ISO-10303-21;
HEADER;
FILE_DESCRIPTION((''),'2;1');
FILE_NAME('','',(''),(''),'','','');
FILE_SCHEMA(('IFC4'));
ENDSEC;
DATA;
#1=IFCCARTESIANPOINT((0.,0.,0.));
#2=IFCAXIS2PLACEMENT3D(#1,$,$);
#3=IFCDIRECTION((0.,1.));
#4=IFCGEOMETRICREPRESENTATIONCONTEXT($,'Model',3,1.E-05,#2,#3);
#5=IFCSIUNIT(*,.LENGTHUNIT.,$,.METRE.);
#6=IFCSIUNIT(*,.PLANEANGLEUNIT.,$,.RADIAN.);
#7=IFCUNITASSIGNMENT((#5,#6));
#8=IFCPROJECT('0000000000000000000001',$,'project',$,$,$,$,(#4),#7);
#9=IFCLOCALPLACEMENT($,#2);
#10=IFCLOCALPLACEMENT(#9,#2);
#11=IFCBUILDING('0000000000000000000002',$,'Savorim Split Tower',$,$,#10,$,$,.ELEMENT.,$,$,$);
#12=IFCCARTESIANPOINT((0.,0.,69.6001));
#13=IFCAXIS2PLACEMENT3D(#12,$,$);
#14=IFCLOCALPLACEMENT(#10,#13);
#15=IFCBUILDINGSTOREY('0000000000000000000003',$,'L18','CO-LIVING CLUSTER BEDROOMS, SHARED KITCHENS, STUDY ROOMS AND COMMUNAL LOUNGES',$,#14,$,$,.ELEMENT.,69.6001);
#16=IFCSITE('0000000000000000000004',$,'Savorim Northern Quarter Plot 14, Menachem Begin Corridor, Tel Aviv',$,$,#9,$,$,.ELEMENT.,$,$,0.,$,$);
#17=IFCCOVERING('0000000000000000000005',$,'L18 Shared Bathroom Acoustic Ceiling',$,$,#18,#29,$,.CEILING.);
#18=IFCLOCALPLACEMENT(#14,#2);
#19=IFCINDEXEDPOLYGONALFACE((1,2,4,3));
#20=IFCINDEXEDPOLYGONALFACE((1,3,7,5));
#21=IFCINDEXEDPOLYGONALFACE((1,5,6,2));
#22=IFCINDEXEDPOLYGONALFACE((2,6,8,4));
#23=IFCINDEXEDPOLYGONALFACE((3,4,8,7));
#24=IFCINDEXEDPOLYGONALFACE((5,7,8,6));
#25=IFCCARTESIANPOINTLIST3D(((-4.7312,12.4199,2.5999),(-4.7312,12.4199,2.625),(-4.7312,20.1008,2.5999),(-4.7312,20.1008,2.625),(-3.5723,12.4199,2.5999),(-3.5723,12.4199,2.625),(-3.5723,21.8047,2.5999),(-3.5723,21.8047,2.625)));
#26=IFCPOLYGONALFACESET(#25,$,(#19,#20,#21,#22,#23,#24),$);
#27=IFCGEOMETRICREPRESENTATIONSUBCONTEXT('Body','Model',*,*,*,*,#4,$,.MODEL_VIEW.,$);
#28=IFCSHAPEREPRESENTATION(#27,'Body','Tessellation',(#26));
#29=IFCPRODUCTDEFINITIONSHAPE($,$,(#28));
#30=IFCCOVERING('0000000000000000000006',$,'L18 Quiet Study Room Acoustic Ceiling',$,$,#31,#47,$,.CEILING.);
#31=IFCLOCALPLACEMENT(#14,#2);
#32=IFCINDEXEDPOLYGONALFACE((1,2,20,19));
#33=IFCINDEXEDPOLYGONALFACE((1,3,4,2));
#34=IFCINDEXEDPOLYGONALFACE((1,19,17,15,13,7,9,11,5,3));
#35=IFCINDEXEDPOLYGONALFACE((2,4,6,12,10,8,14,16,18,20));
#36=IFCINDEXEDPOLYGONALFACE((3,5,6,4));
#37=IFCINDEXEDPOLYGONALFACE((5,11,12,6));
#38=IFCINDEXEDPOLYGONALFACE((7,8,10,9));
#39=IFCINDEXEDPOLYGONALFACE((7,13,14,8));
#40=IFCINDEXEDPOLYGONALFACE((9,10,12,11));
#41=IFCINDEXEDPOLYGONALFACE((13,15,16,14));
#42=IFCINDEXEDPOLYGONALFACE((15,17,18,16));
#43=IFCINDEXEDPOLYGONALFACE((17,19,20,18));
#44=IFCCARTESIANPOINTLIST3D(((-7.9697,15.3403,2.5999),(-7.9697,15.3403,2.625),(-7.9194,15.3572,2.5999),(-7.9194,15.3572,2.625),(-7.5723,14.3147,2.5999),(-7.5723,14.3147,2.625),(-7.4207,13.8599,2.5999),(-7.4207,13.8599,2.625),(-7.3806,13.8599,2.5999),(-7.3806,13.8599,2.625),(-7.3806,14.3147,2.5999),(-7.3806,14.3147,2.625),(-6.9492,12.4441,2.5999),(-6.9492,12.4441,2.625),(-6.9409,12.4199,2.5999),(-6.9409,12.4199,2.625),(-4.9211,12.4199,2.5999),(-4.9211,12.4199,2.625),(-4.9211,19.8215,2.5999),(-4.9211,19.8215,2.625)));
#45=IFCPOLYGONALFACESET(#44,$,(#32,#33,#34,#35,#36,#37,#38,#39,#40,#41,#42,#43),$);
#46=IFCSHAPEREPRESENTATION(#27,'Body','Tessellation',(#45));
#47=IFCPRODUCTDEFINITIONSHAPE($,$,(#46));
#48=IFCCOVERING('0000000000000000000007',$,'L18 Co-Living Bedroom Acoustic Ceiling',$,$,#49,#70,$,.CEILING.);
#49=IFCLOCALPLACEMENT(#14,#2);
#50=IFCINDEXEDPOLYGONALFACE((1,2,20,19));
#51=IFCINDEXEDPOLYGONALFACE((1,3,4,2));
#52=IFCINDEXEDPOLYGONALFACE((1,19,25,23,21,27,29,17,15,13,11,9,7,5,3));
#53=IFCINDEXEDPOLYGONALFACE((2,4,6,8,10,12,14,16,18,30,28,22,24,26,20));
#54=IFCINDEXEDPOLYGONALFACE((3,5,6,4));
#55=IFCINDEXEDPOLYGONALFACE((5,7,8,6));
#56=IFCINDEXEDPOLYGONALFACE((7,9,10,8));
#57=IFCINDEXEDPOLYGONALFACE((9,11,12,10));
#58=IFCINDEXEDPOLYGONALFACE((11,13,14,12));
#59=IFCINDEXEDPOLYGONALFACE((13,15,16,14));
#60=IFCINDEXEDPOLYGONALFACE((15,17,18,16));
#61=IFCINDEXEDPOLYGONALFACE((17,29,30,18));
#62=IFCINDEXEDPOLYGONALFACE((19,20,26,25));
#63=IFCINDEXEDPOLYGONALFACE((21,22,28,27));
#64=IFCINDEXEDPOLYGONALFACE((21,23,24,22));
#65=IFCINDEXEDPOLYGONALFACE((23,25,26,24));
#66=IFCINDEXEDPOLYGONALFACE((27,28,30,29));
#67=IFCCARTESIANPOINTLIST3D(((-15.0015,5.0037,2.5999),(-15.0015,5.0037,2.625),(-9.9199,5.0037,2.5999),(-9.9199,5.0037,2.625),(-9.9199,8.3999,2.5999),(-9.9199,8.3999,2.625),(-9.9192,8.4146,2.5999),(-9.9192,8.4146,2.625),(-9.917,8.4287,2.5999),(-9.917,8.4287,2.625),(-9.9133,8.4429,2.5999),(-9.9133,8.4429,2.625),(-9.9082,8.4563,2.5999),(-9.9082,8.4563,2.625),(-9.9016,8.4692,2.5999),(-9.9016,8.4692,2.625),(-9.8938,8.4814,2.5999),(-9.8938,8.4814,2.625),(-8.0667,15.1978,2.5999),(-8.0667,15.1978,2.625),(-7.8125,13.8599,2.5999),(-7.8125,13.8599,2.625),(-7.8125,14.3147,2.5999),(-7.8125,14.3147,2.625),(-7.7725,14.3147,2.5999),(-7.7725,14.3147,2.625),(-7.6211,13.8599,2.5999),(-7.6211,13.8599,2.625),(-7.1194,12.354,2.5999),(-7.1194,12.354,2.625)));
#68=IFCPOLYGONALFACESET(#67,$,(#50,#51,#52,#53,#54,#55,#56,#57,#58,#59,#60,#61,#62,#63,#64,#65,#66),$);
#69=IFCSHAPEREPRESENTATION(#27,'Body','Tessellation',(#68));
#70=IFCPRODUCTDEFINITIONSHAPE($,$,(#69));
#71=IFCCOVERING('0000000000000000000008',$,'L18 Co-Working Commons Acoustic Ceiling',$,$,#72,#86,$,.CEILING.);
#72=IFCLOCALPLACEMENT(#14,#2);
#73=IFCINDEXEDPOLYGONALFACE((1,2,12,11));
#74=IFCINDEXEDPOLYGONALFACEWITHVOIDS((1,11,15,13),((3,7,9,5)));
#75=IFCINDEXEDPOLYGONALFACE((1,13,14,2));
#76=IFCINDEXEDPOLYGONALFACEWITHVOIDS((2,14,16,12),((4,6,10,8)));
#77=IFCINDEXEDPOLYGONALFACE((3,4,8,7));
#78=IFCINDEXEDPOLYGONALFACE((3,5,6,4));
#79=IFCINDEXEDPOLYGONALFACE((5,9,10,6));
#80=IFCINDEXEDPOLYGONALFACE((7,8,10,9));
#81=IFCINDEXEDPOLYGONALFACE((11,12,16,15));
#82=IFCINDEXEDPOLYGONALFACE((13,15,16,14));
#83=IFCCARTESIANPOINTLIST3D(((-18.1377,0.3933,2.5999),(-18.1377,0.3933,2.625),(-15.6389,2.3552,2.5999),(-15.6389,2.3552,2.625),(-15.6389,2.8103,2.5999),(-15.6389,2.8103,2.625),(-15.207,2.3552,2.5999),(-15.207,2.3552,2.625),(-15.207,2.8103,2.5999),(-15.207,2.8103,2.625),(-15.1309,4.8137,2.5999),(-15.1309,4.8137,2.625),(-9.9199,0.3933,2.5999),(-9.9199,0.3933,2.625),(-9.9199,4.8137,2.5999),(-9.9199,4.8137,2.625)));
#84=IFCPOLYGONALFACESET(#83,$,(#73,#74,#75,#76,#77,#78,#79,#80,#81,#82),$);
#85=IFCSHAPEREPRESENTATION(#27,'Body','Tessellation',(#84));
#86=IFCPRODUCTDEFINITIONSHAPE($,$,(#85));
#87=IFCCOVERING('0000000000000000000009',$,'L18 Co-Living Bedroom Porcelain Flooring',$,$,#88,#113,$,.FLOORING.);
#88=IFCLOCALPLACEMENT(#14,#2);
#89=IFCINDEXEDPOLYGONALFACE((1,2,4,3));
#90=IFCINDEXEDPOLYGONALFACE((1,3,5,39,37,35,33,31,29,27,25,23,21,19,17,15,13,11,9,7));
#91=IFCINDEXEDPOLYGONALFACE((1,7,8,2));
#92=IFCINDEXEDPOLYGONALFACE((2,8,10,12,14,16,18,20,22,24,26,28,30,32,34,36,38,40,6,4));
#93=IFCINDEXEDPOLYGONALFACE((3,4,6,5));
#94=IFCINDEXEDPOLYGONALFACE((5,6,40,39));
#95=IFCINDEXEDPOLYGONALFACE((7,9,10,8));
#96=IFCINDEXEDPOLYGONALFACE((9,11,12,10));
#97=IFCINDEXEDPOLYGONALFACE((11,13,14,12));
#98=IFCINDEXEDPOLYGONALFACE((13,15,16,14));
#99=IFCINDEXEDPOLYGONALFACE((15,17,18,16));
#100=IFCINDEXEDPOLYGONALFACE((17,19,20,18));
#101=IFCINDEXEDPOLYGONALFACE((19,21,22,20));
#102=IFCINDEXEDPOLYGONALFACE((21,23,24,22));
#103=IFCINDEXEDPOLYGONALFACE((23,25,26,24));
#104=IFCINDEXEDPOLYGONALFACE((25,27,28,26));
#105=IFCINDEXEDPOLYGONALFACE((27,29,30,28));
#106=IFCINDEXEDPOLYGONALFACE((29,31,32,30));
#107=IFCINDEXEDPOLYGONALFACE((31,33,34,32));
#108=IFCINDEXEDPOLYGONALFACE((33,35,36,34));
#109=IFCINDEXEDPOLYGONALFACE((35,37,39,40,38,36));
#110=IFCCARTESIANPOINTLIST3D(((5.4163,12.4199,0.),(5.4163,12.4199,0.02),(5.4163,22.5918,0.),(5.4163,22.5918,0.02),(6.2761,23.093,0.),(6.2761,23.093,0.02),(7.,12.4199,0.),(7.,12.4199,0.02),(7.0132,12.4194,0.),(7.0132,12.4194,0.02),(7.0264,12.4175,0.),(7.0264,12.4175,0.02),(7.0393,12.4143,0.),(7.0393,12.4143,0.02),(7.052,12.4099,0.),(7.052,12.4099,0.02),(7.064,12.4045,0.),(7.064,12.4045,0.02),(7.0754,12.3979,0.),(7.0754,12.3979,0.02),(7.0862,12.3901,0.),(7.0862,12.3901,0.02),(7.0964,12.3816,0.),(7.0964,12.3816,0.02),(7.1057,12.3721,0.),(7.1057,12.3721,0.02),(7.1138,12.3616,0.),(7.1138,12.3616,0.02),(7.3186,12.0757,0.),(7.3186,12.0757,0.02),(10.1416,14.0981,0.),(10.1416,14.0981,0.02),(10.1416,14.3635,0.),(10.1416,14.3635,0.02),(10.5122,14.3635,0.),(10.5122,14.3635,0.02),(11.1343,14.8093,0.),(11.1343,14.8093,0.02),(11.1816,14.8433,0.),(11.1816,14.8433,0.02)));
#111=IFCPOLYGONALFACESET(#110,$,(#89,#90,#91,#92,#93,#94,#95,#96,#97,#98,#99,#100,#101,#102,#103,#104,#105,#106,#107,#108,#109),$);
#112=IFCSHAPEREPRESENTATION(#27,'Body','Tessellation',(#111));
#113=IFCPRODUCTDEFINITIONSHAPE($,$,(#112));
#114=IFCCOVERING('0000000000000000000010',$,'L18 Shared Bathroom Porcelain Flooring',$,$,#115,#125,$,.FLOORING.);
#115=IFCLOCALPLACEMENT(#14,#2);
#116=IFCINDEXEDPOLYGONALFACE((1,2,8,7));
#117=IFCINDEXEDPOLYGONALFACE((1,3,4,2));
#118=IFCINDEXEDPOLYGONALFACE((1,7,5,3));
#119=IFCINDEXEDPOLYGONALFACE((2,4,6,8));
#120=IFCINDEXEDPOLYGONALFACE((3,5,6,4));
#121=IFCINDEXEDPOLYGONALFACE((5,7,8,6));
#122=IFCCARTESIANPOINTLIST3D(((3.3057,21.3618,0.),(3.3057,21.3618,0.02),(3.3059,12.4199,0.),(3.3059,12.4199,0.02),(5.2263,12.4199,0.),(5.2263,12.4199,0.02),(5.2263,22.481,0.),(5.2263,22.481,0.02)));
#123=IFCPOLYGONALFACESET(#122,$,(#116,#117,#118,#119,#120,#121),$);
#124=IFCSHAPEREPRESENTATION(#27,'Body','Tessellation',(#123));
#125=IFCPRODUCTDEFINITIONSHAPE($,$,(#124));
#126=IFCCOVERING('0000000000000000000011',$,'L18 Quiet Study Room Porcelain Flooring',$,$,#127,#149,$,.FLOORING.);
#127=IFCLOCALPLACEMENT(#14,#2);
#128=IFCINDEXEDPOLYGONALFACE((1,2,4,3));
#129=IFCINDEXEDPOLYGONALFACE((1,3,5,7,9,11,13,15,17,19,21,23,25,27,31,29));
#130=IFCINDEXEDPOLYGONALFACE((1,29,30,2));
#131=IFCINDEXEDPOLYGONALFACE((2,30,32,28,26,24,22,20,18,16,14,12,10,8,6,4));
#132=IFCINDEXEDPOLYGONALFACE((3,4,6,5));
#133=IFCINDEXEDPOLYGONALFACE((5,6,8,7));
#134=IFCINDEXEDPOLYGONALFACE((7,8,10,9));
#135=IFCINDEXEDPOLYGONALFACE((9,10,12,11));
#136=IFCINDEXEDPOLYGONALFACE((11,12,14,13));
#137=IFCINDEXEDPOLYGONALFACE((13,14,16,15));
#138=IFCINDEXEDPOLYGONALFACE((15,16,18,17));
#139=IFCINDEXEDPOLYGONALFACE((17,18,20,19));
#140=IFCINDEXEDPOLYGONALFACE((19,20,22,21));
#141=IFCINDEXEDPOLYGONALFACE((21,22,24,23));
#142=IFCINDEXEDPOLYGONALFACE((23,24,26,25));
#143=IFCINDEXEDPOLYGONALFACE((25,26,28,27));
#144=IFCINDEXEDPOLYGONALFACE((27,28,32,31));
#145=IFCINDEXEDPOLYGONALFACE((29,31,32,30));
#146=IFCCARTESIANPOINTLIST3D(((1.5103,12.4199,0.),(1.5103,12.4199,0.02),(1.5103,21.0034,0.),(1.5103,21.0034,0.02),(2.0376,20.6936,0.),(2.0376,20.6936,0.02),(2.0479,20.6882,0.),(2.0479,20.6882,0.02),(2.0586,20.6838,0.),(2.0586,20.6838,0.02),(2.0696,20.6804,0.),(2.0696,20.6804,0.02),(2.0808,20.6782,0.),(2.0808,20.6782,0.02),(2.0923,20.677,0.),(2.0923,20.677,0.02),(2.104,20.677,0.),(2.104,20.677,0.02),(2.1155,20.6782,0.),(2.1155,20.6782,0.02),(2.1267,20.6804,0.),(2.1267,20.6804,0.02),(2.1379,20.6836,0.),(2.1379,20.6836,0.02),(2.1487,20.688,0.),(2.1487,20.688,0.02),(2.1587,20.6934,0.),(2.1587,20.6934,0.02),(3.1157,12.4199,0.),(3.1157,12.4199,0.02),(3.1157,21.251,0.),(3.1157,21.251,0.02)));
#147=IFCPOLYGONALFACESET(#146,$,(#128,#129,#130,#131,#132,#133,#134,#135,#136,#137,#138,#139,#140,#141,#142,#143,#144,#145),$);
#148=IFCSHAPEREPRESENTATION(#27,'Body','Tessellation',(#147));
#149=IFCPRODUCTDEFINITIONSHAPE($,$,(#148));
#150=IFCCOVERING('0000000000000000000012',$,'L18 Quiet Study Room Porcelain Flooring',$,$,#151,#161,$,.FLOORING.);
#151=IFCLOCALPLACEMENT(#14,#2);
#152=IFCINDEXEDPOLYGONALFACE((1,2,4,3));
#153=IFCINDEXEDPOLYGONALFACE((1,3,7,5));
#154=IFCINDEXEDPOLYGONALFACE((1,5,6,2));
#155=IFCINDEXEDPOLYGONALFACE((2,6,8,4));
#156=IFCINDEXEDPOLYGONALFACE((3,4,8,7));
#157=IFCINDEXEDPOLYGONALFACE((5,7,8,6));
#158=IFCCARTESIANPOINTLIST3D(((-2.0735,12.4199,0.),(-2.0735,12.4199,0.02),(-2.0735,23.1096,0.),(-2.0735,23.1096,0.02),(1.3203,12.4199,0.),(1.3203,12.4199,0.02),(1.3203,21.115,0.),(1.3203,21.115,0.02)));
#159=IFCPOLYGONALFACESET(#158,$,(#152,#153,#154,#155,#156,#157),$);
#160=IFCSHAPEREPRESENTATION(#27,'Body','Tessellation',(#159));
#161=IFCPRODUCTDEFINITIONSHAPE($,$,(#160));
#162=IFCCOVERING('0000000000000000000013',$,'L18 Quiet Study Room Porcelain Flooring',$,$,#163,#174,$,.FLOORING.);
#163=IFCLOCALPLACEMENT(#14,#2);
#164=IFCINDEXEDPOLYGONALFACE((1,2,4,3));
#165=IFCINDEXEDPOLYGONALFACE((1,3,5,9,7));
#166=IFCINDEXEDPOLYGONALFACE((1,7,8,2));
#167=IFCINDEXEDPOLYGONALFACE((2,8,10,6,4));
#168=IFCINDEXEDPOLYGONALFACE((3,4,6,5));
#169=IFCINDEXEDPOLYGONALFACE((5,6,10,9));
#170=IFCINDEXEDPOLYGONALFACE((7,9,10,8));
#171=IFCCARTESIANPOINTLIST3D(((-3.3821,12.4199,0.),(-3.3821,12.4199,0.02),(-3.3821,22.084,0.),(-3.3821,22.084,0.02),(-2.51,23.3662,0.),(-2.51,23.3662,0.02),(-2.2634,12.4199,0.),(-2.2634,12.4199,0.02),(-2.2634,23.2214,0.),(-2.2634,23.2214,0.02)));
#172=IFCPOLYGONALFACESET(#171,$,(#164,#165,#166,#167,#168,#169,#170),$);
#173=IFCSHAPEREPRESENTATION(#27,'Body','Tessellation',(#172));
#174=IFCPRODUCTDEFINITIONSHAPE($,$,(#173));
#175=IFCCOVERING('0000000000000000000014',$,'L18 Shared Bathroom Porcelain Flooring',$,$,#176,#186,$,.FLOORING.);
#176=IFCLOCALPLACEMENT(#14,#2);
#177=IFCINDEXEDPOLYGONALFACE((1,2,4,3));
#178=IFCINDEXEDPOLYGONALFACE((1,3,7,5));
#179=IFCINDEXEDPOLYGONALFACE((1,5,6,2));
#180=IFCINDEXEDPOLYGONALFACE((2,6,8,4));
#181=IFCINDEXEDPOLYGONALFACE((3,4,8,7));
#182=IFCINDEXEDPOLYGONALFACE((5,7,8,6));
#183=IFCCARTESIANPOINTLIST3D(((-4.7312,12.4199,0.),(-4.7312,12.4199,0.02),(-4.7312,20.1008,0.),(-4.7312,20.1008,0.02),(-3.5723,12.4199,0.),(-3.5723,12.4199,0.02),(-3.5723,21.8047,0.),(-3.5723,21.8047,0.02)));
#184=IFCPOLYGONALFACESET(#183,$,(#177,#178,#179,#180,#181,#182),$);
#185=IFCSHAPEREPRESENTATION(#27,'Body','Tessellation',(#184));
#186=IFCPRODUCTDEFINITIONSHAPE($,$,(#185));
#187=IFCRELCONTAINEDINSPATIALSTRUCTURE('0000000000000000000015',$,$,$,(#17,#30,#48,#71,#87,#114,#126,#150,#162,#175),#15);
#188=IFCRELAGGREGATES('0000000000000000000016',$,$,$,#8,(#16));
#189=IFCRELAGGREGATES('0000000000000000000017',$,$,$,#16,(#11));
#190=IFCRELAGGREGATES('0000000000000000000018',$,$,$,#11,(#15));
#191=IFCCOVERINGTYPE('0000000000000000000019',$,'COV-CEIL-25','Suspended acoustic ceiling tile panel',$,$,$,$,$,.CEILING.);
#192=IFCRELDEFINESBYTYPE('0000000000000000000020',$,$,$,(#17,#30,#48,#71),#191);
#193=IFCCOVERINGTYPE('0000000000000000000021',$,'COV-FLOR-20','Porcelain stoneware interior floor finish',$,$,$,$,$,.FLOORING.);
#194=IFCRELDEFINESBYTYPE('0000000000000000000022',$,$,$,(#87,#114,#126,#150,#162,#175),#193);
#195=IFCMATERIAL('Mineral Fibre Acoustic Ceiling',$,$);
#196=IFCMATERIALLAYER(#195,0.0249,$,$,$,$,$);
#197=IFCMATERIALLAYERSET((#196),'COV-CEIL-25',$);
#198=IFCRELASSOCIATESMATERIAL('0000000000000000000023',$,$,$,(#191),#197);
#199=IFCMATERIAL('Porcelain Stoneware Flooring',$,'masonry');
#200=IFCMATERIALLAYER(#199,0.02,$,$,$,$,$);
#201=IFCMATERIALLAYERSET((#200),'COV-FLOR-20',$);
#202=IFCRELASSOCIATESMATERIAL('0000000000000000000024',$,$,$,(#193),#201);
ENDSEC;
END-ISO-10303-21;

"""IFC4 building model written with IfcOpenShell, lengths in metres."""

from ifc_helpers import new_model, si_unit, direction, frame, origin, place, context, subcontext, project, spatial, polyline, outline, extrude, material, layer, layer_set, type_object, element, save


model = new_model("IFC4")

# Units and contexts
model_context = context("Model", 3, precision=1e-05, world=origin(), true_north=direction((0.0, 1.0)))
body_context = subcontext(model_context, "Body", "Model", "MODEL_VIEW")
ifc_project = project(units=[si_unit("LENGTHUNIT", "METRE"), si_unit("PLANEANGLEUNIT", "RADIAN")], contexts=[model_context])

# Site, building, storey
site_placement = place(None, origin())
site = spatial("IfcSite", under=ifc_project, at=site_placement, Name="Savorim Northern Quarter Plot 14, Menachem Begin Corridor, Tel Aviv", CompositionType="ELEMENT", RefElevation=0.0)
building_placement = place(site_placement, origin())
building = spatial("IfcBuilding", under=site, at=building_placement, Name="Savorim Split Tower", CompositionType="ELEMENT")
storey_placement = place(building_placement, frame((0.0, 0.0, 69.6001)))
storey = spatial("IfcBuildingStorey", under=building, at=storey_placement, Name="L18", Description="CO-LIVING CLUSTER BEDROOMS, SHARED KITCHENS, STUDY ROOMS AND COMMUNAL LOUNGES", CompositionType="ELEMENT", Elevation=69.6001)

# Coverings
ifc_material_1 = material(Name="Mineral Fibre Acoustic Ceiling")
ifc_layer_1 = layer(ifc_material_1, 0.0249)
ifc_layer_set_1 = layer_set([ifc_layer_1], Name="COV-CEIL-25")
covering_type_1 = type_object("IfcCoveringType", Name="COV-CEIL-25", Description="Suspended acoustic ceiling tile panel", PredefinedType="CEILING", material=ifc_layer_set_1)
covering_1_placement = place(storey_placement, frame((0.0, 0.0, 2.5999)))
element("IfcCovering", 1, at=covering_1_placement, inside=storey, type_object=covering_type_1, Name="L18 Shared Bathroom Acoustic Ceiling", PredefinedType="CEILING", context=body_context, shape_type="SweptSolid", body=[
    extrude(outline(polyline([(-3.5723, 21.8047), (-4.7312, 20.1008), (-4.7312, 12.4199), (-3.5723, 12.4199), (-3.5723, 21.8047)])), origin(), (0.0, 0.0, 1.0), 0.0251),
])
covering_2_placement = place(storey_placement, frame((0.0, 0.0, 2.5999)))
element("IfcCovering", 2, at=covering_2_placement, inside=storey, type_object=covering_type_1, Name="L18 Quiet Study Room Acoustic Ceiling", PredefinedType="CEILING", context=body_context, shape_type="SweptSolid", body=[
    extrude(outline(polyline([(-7.4207, 13.8599), (-6.9492, 12.4441), (-6.9409, 12.4199), (-4.9211, 12.4199), (-4.9211, 19.8215), (-7.9697, 15.3403), (-7.9194, 15.3572), (-7.5723, 14.3147), (-7.3806, 14.3147), (-7.3806, 13.8599), (-7.4207, 13.8599)])), origin(), (0.0, 0.0, 1.0), 0.0251),
])
covering_3_placement = place(storey_placement, frame((0.0, 0.0, 2.5999)))
element("IfcCovering", 3, at=covering_3_placement, inside=storey, type_object=covering_type_1, Name="L18 Co-Living Bedroom Acoustic Ceiling", PredefinedType="CEILING", context=body_context, shape_type="SweptSolid", body=[
    extrude(outline(polyline([(-9.9016, 8.4692), (-9.8938, 8.4814), (-7.1194, 12.354), (-7.6211, 13.8599), (-7.8125, 13.8599), (-7.8125, 14.3147), (-7.7725, 14.3147), (-8.0667, 15.1978), (-15.0015, 5.0037), (-9.9199, 5.0037), (-9.9199, 8.3999), (-9.9192, 8.4146), (-9.917, 8.4287), (-9.9133, 8.4429), (-9.9082, 8.4563), (-9.9016, 8.4692)])), origin(), (0.0, 0.0, 1.0), 0.0251),
])
covering_4_placement = place(storey_placement, frame((0.0, 0.0, 2.5999)))
element("IfcCovering", 4, at=covering_4_placement, inside=storey, type_object=covering_type_1, Name="L18 Co-Working Commons Acoustic Ceiling", PredefinedType="CEILING", context=body_context, shape_type="SweptSolid", body=[
    extrude(outline(polyline([(-15.1309, 4.8137), (-18.1377, 0.3933), (-9.9199, 0.3933), (-9.9199, 4.8137), (-15.1309, 4.8137)]), holes=[polyline([(-15.6389, 2.8103), (-15.6389, 2.3552), (-15.207, 2.3552), (-15.207, 2.8103), (-15.6389, 2.8103)])]), origin(), (0.0, 0.0, 1.0), 0.0251),
])
ifc_material_2 = material(Name="Porcelain Stoneware Flooring", Category="masonry")
ifc_layer_2 = layer(ifc_material_2, 0.02)
ifc_layer_set_2 = layer_set([ifc_layer_2], Name="COV-FLOR-20")
covering_type_2 = type_object("IfcCoveringType", Name="COV-FLOR-20", Description="Porcelain stoneware interior floor finish", PredefinedType="FLOORING", material=ifc_layer_set_2)
covering_5_placement = place(storey_placement, origin())
element("IfcCovering", 5, at=covering_5_placement, inside=storey, type_object=covering_type_2, Name="L18 Co-Living Bedroom Porcelain Flooring", PredefinedType="FLOORING", context=body_context, shape_type="SweptSolid", body=[
    extrude(outline(polyline([(11.1343, 14.8093), (11.1816, 14.8433), (6.2761, 23.093), (5.4163, 22.5918), (5.4163, 12.4199), (7.0, 12.4199), (7.0132, 12.4194), (7.0264, 12.4175), (7.0393, 12.4143), (7.052, 12.4099), (7.064, 12.4045), (7.0754, 12.3979), (7.0862, 12.3901), (7.0964, 12.3816), (7.1057, 12.3721), (7.1138, 12.3616), (7.3186, 12.0757), (10.1416, 14.0981), (10.1416, 14.3635), (10.5122, 14.3635), (11.1343, 14.8093)])), origin(), (0.0, 0.0, 1.0), 0.02),
])
covering_6_placement = place(storey_placement, origin())
element("IfcCovering", 6, at=covering_6_placement, inside=storey, type_object=covering_type_2, Name="L18 Shared Bathroom Porcelain Flooring", PredefinedType="FLOORING", context=body_context, shape_type="SweptSolid", body=[
    extrude(outline(polyline([(3.3059, 12.4199), (5.2263, 12.4199), (5.2263, 22.481), (3.3057, 21.3618), (3.3059, 12.4199)])), origin(), (0.0, 0.0, 1.0), 0.02),
])
covering_7_placement = place(storey_placement, origin())
element("IfcCovering", 7, at=covering_7_placement, inside=storey, type_object=covering_type_2, Name="L18 Quiet Study Room Porcelain Flooring", PredefinedType="FLOORING", context=body_context, shape_type="SweptSolid", body=[
    extrude(outline(polyline([(2.0586, 20.6838), (2.0479, 20.6882), (2.0376, 20.6936), (1.5103, 21.0034), (1.5103, 12.4199), (3.1157, 12.4199), (3.1157, 21.251), (2.1587, 20.6934), (2.1487, 20.688), (2.1379, 20.6836), (2.1267, 20.6804), (2.1155, 20.6782), (2.104, 20.677), (2.0923, 20.677), (2.0808, 20.6782), (2.0696, 20.6804), (2.0586, 20.6838)])), origin(), (0.0, 0.0, 1.0), 0.02),
])
covering_8_placement = place(storey_placement, origin())
element("IfcCovering", 8, at=covering_8_placement, inside=storey, type_object=covering_type_2, Name="L18 Quiet Study Room Porcelain Flooring", PredefinedType="FLOORING", context=body_context, shape_type="SweptSolid", body=[
    extrude(outline(polyline([(-2.0735, 12.4199), (1.3203, 12.4199), (1.3203, 21.115), (-2.0735, 23.1096), (-2.0735, 12.4199)])), origin(), (0.0, 0.0, 1.0), 0.02),
])
covering_9_placement = place(storey_placement, origin())
element("IfcCovering", 9, at=covering_9_placement, inside=storey, type_object=covering_type_2, Name="L18 Quiet Study Room Porcelain Flooring", PredefinedType="FLOORING", context=body_context, shape_type="SweptSolid", body=[
    extrude(outline(polyline([(-3.3821, 12.4199), (-2.2634, 12.4199), (-2.2634, 23.2214), (-2.51, 23.3662), (-3.3821, 22.084), (-3.3821, 12.4199)])), origin(), (0.0, 0.0, 1.0), 0.02),
])
covering_10_placement = place(storey_placement, origin())
element("IfcCovering", 10, at=covering_10_placement, inside=storey, type_object=covering_type_2, Name="L18 Shared Bathroom Porcelain Flooring", PredefinedType="FLOORING", context=body_context, shape_type="SweptSolid", body=[
    extrude(outline(polyline([(-3.5723, 21.8047), (-4.7312, 20.1008), (-4.7312, 12.4199), (-3.5723, 12.4199), (-3.5723, 21.8047)])), origin(), (0.0, 0.0, 1.0), 0.02),
])

save(model, "model.ifc")
